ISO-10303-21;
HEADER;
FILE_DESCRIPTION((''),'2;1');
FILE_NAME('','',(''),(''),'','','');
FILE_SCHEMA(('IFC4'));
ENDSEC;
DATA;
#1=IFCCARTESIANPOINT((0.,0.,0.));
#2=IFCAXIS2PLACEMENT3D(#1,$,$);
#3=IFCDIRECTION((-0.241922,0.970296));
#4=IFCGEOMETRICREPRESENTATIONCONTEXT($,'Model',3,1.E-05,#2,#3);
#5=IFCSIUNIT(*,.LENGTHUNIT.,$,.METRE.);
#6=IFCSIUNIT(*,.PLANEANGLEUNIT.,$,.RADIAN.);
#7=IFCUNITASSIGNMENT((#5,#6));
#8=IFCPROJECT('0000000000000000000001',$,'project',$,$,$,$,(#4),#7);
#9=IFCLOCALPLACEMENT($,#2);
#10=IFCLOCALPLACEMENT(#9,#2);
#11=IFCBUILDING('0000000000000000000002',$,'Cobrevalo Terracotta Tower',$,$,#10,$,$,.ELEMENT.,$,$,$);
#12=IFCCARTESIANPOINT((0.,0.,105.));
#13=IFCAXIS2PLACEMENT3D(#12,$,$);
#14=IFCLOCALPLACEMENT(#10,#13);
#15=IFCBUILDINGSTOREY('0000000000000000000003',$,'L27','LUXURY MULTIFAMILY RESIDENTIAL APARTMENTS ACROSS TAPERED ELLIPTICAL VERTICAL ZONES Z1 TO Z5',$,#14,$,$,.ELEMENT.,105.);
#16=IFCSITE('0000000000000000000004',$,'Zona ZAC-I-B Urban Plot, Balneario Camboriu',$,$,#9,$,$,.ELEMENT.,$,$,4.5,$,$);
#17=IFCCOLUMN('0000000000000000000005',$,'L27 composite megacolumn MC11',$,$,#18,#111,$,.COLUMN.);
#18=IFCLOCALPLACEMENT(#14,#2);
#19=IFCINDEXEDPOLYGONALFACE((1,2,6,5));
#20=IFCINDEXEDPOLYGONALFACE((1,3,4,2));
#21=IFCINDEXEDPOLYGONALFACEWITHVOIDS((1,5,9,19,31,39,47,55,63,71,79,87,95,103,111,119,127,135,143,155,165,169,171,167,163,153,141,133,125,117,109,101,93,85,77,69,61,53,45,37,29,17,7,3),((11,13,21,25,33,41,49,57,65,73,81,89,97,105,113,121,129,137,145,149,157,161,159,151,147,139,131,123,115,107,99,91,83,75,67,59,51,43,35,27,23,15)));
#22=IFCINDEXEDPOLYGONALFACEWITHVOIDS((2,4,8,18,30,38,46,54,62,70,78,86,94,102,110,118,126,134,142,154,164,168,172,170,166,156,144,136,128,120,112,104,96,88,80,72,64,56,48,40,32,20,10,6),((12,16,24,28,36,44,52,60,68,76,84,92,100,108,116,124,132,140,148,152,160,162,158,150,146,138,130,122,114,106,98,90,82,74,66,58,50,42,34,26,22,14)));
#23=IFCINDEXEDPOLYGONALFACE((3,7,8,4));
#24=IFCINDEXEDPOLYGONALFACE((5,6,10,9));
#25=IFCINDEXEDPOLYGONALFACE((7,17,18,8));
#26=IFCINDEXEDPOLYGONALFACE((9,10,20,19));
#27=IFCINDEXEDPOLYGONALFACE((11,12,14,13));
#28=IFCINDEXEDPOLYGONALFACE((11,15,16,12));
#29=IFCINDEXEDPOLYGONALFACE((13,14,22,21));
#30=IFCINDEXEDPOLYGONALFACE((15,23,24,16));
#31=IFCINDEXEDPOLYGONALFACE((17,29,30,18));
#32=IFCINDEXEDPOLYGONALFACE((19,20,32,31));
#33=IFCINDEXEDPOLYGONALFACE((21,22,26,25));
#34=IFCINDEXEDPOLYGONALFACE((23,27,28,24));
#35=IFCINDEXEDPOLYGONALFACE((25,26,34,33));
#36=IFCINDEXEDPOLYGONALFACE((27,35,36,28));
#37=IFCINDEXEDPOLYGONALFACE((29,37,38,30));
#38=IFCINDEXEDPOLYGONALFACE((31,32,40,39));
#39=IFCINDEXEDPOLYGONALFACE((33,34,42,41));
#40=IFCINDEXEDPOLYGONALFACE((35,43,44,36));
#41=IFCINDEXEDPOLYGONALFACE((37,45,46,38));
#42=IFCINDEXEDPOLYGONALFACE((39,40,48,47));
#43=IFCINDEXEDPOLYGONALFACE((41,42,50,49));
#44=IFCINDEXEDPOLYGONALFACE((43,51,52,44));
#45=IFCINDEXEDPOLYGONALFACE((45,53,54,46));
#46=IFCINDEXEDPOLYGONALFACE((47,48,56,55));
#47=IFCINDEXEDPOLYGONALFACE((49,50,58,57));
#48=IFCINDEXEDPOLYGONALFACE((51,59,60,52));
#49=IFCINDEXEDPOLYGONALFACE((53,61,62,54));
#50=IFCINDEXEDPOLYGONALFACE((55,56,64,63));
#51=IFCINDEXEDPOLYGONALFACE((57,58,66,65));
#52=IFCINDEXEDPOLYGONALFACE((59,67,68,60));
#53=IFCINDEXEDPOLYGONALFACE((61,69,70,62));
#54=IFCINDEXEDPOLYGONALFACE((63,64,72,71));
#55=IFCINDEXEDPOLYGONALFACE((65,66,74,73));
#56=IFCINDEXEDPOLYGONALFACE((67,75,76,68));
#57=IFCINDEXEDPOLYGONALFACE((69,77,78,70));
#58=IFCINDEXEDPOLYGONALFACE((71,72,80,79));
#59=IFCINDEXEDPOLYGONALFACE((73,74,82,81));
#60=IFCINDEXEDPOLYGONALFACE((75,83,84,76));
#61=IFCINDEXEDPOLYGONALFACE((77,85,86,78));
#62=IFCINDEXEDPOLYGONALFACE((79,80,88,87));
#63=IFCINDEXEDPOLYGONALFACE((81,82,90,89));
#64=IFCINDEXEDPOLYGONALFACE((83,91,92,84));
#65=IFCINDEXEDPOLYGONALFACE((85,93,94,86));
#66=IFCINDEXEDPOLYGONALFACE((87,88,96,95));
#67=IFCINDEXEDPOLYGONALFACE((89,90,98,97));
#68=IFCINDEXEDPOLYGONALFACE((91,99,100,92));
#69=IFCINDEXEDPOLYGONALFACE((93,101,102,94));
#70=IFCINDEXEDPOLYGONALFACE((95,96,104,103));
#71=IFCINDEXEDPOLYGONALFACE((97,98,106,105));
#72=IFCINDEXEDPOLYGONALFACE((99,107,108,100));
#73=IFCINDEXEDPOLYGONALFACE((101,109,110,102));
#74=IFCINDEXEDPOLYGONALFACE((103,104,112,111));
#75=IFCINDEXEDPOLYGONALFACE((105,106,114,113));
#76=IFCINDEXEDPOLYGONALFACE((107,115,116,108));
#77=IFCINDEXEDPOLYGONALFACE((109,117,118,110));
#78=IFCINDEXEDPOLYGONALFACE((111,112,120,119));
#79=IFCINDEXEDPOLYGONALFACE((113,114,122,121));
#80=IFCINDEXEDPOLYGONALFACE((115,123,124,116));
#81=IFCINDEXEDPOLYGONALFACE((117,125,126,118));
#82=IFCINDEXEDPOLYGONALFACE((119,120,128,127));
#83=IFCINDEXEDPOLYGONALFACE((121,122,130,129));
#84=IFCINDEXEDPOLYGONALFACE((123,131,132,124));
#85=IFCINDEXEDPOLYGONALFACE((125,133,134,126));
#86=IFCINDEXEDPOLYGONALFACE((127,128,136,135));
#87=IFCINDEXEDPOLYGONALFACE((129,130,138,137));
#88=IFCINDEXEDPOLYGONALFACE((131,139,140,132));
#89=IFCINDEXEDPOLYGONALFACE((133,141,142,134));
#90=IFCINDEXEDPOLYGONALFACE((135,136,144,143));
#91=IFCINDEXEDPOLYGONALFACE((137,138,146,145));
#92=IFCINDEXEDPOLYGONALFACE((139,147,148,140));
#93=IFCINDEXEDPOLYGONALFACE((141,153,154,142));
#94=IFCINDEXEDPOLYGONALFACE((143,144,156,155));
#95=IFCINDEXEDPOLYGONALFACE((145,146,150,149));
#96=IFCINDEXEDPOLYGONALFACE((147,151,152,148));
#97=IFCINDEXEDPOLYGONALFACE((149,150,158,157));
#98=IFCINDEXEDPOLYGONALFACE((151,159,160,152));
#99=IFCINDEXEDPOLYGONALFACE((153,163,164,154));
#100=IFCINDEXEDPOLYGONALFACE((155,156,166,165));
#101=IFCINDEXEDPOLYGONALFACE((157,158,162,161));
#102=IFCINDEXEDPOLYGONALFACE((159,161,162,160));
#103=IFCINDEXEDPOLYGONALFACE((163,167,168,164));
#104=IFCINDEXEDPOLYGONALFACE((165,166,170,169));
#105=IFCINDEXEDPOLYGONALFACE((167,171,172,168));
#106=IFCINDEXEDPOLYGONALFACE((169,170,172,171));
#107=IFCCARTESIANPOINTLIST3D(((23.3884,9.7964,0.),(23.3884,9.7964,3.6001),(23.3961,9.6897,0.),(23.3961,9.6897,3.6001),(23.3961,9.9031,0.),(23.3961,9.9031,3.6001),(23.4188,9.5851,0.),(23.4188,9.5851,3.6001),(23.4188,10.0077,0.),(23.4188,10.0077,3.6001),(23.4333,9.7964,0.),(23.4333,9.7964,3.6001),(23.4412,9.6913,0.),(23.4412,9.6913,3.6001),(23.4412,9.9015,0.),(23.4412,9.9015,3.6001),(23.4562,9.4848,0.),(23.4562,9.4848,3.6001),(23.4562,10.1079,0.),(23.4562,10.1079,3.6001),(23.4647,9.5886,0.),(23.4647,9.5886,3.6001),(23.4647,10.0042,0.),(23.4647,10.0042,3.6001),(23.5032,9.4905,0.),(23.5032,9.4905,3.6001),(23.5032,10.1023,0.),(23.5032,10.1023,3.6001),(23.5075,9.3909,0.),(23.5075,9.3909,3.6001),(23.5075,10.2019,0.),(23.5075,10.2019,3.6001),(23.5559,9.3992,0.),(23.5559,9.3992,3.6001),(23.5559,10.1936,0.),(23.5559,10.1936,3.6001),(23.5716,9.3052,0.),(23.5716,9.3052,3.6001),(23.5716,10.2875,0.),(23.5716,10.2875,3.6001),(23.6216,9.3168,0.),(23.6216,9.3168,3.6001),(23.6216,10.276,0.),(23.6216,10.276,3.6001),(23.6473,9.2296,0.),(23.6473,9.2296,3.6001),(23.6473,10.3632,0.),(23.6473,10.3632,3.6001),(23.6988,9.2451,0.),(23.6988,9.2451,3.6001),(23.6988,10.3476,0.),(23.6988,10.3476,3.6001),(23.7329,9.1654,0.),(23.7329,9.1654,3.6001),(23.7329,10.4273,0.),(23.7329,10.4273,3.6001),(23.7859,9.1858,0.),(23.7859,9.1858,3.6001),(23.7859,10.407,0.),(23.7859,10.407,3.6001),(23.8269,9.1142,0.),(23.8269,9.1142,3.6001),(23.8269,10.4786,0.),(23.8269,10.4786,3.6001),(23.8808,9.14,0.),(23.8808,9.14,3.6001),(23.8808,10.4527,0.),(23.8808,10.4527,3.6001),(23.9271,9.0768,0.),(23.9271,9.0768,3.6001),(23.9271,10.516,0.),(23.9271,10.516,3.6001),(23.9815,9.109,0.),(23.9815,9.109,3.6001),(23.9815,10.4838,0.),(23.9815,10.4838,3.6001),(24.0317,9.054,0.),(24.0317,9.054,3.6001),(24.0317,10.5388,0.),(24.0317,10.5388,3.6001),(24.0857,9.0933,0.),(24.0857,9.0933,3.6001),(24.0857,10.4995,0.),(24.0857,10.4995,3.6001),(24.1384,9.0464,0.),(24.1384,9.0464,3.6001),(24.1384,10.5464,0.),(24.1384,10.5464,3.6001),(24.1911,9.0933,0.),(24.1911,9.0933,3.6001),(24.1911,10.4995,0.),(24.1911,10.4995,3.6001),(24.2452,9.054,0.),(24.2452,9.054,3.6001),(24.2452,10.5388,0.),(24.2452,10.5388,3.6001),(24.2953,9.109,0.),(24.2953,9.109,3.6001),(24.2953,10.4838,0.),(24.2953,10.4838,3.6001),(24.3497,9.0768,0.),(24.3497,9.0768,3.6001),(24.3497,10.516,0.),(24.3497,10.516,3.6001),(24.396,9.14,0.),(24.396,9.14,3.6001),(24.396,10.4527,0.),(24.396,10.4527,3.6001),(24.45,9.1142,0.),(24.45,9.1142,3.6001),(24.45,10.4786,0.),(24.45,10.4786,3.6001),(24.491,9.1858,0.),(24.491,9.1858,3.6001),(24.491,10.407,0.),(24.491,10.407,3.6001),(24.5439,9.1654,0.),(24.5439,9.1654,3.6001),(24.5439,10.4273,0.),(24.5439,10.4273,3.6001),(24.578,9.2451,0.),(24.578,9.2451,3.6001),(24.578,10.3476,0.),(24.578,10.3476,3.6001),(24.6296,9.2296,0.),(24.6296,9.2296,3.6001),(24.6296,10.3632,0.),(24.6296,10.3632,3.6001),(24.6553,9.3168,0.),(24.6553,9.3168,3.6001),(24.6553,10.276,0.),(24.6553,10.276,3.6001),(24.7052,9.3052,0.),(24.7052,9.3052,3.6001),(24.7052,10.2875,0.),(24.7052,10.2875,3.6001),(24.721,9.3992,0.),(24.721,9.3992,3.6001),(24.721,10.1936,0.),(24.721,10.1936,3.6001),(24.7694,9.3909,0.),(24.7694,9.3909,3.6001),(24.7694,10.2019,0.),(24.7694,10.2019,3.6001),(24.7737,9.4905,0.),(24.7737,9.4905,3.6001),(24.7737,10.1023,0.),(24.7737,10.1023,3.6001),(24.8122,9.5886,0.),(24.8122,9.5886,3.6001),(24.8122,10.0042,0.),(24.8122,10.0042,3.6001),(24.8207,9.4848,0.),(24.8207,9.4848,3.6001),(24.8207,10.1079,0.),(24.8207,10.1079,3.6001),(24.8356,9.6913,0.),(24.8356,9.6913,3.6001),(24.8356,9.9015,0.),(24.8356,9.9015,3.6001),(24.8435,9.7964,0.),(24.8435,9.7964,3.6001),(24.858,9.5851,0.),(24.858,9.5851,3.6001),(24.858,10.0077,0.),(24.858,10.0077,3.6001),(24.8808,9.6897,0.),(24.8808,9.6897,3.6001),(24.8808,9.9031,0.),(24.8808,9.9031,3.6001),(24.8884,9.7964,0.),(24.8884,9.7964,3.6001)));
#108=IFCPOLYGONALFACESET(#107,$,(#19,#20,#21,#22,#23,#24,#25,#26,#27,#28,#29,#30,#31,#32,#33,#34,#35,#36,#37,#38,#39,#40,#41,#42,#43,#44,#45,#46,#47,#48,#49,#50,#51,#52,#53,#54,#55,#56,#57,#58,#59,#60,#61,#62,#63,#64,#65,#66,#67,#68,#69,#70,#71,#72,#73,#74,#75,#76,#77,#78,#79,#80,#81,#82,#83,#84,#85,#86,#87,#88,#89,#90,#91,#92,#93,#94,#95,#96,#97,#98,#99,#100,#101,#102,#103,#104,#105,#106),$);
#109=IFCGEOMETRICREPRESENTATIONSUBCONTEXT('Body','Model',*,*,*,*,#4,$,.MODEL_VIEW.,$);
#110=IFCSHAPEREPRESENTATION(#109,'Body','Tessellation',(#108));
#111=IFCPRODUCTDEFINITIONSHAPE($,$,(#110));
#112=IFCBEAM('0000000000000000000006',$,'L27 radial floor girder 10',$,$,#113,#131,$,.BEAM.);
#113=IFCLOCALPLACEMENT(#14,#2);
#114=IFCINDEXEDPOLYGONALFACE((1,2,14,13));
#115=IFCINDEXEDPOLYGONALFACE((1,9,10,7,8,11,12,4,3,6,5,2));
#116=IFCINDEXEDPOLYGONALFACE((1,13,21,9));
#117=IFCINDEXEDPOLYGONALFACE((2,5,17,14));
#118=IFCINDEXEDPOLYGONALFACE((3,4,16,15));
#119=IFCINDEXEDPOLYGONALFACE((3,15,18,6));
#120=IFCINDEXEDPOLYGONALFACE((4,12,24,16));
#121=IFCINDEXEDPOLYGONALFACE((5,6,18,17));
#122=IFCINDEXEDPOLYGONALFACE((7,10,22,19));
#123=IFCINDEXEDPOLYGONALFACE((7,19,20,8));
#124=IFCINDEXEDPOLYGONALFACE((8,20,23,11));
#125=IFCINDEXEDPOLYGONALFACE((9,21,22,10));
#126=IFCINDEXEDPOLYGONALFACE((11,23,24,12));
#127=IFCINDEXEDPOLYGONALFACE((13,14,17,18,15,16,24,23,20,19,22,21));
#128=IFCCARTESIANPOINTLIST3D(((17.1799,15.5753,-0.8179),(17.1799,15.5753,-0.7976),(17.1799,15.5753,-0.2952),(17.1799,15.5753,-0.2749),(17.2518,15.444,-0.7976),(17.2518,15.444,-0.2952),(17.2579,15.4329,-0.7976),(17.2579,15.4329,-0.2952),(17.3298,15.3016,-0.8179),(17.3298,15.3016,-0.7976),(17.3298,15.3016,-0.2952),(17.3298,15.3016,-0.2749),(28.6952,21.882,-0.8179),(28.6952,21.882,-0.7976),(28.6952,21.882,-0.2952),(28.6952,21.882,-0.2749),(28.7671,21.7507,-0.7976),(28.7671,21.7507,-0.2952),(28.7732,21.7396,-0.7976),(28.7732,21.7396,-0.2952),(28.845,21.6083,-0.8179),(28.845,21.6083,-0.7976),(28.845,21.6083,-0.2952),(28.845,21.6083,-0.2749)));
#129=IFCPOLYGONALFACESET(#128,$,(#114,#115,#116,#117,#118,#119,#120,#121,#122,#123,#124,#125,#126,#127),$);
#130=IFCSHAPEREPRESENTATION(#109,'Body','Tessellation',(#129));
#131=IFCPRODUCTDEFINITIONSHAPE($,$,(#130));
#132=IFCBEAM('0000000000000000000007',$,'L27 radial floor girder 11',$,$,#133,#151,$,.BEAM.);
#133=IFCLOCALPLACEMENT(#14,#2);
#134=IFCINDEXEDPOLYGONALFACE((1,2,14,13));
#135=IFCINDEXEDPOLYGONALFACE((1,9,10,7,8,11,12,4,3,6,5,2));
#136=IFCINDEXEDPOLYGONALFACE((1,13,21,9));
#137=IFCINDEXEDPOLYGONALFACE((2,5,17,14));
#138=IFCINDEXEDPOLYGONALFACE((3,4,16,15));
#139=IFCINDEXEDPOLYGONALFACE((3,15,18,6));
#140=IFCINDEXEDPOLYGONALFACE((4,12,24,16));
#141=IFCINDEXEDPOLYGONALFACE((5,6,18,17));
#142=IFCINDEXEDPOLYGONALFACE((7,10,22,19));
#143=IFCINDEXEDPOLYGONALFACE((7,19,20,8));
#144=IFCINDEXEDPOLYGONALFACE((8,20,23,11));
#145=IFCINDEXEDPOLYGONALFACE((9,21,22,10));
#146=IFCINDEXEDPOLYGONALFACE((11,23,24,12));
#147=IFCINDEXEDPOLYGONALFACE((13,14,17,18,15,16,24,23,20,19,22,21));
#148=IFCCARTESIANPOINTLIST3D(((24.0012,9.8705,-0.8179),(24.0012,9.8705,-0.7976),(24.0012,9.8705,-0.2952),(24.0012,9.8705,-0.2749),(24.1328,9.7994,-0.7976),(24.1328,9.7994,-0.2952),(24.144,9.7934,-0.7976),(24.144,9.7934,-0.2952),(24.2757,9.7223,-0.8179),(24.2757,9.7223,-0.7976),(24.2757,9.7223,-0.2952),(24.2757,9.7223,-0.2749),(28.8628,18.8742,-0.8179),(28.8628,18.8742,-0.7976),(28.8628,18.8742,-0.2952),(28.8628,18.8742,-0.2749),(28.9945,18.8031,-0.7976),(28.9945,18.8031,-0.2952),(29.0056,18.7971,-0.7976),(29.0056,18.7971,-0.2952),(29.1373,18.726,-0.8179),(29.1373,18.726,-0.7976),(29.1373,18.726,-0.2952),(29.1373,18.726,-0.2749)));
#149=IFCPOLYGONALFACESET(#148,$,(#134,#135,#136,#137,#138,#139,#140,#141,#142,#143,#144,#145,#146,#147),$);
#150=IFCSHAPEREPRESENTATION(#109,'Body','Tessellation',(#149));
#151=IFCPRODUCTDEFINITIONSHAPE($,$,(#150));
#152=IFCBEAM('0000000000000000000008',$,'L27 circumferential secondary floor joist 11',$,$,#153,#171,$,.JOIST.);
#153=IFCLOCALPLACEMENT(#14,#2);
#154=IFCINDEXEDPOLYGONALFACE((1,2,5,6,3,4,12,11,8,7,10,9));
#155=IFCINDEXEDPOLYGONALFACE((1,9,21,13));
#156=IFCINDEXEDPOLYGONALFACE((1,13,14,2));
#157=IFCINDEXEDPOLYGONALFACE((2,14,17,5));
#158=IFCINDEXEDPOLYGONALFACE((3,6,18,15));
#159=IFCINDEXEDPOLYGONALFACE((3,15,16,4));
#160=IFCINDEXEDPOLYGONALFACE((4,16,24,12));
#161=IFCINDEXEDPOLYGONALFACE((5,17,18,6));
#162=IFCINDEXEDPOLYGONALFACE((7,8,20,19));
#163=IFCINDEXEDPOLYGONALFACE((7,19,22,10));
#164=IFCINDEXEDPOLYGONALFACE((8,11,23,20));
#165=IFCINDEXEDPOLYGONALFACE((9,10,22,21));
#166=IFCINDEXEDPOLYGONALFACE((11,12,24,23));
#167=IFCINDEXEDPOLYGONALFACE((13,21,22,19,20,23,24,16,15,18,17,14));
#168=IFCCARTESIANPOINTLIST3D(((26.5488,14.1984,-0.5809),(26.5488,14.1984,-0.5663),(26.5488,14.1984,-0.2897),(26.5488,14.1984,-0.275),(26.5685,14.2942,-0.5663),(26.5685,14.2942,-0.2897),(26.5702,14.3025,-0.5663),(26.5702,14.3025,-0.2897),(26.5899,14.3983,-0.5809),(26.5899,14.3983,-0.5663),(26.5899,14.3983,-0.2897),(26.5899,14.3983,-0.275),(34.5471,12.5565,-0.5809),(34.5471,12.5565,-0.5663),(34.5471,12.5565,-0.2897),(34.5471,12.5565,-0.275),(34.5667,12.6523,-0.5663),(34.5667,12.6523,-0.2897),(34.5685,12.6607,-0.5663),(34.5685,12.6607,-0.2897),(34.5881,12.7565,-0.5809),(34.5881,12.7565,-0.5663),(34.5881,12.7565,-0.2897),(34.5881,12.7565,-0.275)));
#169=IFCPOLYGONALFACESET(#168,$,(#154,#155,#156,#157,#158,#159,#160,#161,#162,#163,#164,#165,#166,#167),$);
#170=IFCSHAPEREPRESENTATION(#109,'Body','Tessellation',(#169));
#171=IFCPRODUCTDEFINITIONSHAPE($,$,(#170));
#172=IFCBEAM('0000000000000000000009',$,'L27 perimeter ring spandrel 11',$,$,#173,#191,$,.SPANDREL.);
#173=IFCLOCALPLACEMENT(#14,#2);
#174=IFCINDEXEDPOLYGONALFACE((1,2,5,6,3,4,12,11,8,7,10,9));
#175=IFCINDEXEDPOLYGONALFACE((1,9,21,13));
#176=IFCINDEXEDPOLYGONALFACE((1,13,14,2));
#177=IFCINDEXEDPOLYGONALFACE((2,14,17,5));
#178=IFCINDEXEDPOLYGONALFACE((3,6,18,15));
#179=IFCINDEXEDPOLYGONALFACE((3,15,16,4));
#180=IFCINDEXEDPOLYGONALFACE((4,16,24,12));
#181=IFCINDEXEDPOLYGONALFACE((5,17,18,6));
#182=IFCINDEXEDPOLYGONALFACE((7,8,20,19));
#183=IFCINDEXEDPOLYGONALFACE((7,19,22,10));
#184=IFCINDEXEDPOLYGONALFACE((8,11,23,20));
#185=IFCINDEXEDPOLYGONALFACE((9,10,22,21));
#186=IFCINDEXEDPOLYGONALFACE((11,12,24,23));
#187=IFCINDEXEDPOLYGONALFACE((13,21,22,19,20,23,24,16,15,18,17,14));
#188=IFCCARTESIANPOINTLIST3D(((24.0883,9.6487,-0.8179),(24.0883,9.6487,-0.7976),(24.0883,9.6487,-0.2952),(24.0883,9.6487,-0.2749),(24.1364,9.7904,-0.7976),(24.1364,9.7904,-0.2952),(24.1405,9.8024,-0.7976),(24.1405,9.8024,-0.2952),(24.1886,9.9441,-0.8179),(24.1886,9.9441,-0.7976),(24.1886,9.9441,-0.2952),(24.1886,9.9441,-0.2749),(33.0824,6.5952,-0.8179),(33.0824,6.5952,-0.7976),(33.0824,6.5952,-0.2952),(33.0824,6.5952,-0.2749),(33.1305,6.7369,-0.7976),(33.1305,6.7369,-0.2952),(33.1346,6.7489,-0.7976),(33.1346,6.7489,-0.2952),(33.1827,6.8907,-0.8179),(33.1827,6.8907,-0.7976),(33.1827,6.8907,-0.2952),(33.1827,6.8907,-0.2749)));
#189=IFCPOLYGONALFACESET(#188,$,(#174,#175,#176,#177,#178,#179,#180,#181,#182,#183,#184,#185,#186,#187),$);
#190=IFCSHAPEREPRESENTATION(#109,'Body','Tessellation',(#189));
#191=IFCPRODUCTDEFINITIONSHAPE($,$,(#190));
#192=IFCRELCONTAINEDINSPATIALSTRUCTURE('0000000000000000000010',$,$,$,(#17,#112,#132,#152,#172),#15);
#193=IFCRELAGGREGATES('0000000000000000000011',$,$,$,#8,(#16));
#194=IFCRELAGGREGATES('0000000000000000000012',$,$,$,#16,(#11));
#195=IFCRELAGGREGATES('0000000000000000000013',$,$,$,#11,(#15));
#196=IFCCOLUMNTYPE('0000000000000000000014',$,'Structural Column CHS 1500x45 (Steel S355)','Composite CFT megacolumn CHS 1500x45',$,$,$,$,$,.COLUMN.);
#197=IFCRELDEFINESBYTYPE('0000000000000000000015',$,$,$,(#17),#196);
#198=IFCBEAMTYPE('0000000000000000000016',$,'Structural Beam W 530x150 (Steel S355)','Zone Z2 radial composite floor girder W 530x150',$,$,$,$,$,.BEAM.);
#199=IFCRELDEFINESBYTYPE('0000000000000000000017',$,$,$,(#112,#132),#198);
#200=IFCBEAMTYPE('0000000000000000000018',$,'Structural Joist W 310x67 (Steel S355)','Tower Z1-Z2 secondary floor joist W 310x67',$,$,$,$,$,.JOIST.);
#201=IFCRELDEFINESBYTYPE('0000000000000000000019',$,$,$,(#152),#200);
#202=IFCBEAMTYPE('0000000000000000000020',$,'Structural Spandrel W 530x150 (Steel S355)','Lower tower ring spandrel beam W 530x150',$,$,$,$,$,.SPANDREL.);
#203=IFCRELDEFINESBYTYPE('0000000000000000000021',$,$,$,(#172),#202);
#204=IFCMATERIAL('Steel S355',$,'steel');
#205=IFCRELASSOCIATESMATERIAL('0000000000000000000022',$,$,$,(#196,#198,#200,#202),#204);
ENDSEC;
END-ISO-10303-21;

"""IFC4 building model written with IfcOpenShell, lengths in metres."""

from ifc_helpers import new_model, si_unit, direction, frame, origin, origin_2d, place, context, subcontext, project, spatial, hollow_circle, i_section, extrude, material, material_profile, profile_set, type_object, element, save


model = new_model("IFC4")

# Units and contexts
model_context = context("Model", 3, precision=1e-05, world=origin(), true_north=direction((-0.241922, 0.970296)))
body_context = subcontext(model_context, "Body", "Model", "MODEL_VIEW")
ifc_project = project(units=[si_unit("LENGTHUNIT", "METRE"), si_unit("PLANEANGLEUNIT", "RADIAN")], contexts=[model_context])

# Site, building, storey
site_placement = place(None, origin())
site = spatial("IfcSite", under=ifc_project, at=site_placement, Name="Zona ZAC-I-B Urban Plot, Balneario Camboriu", CompositionType="ELEMENT", RefElevation=4.5)
building_placement = place(site_placement, origin())
building = spatial("IfcBuilding", under=site, at=building_placement, Name="Cobrevalo Terracotta Tower", CompositionType="ELEMENT")
storey_placement = place(building_placement, frame((0.0, 0.0, 105.0)))
storey = spatial("IfcBuildingStorey", under=building, at=storey_placement, Name="L27", Description="LUXURY MULTIFAMILY RESIDENTIAL APARTMENTS ACROSS TAPERED ELLIPTICAL VERTICAL ZONES Z1 TO Z5", CompositionType="ELEMENT", Elevation=105.0)

# Column
ifc_material_1 = material(Name="Steel S355", Category="steel")
ifc_material_profile_1 = material_profile(ifc_material_1, hollow_circle(Radius=0.75, WallThickness=0.0449, at=origin_2d()), Name="CHS 1500x45")
ifc_profile_set_1 = profile_set([ifc_material_profile_1], Name="Steel S355")
column_type = type_object("IfcColumnType", Name="Structural Column CHS 1500x45 (Steel S355)", Description="Composite CFT megacolumn CHS 1500x45", PredefinedType="COLUMN", material=ifc_profile_set_1)
column_placement = place(storey_placement, frame((24.1384, 9.7964, 0.0), z_axis=(0.0, 0.0, 1.0), x_axis=(1.0, 0.0, 0.0)))
element("IfcColumn", 1, at=column_placement, inside=storey, type_object=column_type, Name="L27 composite megacolumn MC11", PredefinedType="COLUMN", context=body_context, shape_type="SweptSolid", body=[
    extrude(hollow_circle(Radius=0.75, WallThickness=0.0449, at=origin_2d()), origin(), (0.0, 0.0, 1.0), 3.6001),
])

# Beams
ifc_material_profile_2 = material_profile(ifc_material_1, i_section(OverallWidth=0.312, OverallDepth=0.543, WebThickness=0.0127, FlangeThickness=0.0203, at=origin_2d()), Name="W 530x150")
ifc_profile_set_2 = profile_set([ifc_material_profile_2], Name="Steel S355")
beam_type_1 = type_object("IfcBeamType", Name="Structural Beam W 530x150 (Steel S355)", Description="Zone Z2 radial composite floor girder W 530x150", PredefinedType="BEAM", material=ifc_profile_set_2)
beam_1_placement = place(storey_placement, frame((17.2549, 15.4385, -0.5464), z_axis=(0.877073, 0.480358, 0.0), x_axis=(-0.480358, 0.877073, 0.0)))
element("IfcBeam", 2, at=beam_1_placement, inside=storey, type_object=beam_type_1, Name="L27 radial floor girder 10", PredefinedType="BEAM", context=body_context, shape_type="SweptSolid", body=[
    extrude(i_section(OverallWidth=0.312, OverallDepth=0.543, WebThickness=0.0127, FlangeThickness=0.0203, at=origin_2d()), origin(), (0.0, 0.0, 1.0), 13.1292),
])
beam_2_placement = place(storey_placement, frame((24.1384, 9.7964, -0.5464), z_axis=(0.475118, 0.879922, 0.0), x_axis=(-0.879922, 0.475118, 0.0)))
element("IfcBeam", 3, at=beam_2_placement, inside=storey, type_object=beam_type_1, Name="L27 radial floor girder 11", PredefinedType="BEAM", context=body_context, shape_type="SweptSolid", body=[
    extrude(i_section(OverallWidth=0.312, OverallDepth=0.543, WebThickness=0.0127, FlangeThickness=0.0203, at=origin_2d()), origin(), (0.0, 0.0, 1.0), 10.2324),
])
ifc_material_profile_3 = material_profile(ifc_material_1, i_section(OverallWidth=0.2041, OverallDepth=0.3059, WebThickness=0.0085, FlangeThickness=0.0146, at=origin_2d()), Name="W 310x67")
ifc_profile_set_3 = profile_set([ifc_material_profile_3], Name="Steel S355")
beam_type_2 = type_object("IfcBeamType", Name="Structural Joist W 310x67 (Steel S355)", Description="Tower Z1-Z2 secondary floor joist W 310x67", PredefinedType="JOIST", material=ifc_profile_set_3)
beam_3_placement = place(storey_placement, frame((26.5693, 14.2983, -0.428), z_axis=(0.979574, -0.201082, 0.0), x_axis=(0.201082, 0.979574, 0.0)))
element("IfcBeam", 4, at=beam_3_placement, inside=storey, type_object=beam_type_2, Name="L27 circumferential secondary floor joist 11", PredefinedType="JOIST", context=body_context, shape_type="SweptSolid", body=[
    extrude(i_section(OverallWidth=0.2041, OverallDepth=0.3059, WebThickness=0.0085, FlangeThickness=0.0146, at=origin_2d()), origin(), (0.0, 0.0, 1.0), 8.165),
])
ifc_material_profile_4 = material_profile(ifc_material_1, i_section(OverallWidth=0.312, OverallDepth=0.543, WebThickness=0.0127, FlangeThickness=0.0203, at=origin_2d()), Name="W 530x150")
ifc_profile_set_4 = profile_set([ifc_material_profile_4], Name="Steel S355")
beam_type_3 = type_object("IfcBeamType", Name="Structural Spandrel W 530x150 (Steel S355)", Description="Lower tower ring spandrel beam W 530x150", PredefinedType="SPANDREL", material=ifc_profile_set_4)
beam_4_placement = place(storey_placement, frame((24.1384, 9.7964, -0.5464), z_axis=(0.946918, -0.321474, 0.0), x_axis=(0.321474, 0.946918, 0.0)))
element("IfcBeam", 5, at=beam_4_placement, inside=storey, type_object=beam_type_3, Name="L27 perimeter ring spandrel 11", PredefinedType="SPANDREL", context=body_context, shape_type="SweptSolid", body=[
    extrude(i_section(OverallWidth=0.312, OverallDepth=0.543, WebThickness=0.0127, FlangeThickness=0.0203, at=origin_2d()), origin(), (0.0, 0.0, 1.0), 9.4983),
])

save(model, "model.ifc")
